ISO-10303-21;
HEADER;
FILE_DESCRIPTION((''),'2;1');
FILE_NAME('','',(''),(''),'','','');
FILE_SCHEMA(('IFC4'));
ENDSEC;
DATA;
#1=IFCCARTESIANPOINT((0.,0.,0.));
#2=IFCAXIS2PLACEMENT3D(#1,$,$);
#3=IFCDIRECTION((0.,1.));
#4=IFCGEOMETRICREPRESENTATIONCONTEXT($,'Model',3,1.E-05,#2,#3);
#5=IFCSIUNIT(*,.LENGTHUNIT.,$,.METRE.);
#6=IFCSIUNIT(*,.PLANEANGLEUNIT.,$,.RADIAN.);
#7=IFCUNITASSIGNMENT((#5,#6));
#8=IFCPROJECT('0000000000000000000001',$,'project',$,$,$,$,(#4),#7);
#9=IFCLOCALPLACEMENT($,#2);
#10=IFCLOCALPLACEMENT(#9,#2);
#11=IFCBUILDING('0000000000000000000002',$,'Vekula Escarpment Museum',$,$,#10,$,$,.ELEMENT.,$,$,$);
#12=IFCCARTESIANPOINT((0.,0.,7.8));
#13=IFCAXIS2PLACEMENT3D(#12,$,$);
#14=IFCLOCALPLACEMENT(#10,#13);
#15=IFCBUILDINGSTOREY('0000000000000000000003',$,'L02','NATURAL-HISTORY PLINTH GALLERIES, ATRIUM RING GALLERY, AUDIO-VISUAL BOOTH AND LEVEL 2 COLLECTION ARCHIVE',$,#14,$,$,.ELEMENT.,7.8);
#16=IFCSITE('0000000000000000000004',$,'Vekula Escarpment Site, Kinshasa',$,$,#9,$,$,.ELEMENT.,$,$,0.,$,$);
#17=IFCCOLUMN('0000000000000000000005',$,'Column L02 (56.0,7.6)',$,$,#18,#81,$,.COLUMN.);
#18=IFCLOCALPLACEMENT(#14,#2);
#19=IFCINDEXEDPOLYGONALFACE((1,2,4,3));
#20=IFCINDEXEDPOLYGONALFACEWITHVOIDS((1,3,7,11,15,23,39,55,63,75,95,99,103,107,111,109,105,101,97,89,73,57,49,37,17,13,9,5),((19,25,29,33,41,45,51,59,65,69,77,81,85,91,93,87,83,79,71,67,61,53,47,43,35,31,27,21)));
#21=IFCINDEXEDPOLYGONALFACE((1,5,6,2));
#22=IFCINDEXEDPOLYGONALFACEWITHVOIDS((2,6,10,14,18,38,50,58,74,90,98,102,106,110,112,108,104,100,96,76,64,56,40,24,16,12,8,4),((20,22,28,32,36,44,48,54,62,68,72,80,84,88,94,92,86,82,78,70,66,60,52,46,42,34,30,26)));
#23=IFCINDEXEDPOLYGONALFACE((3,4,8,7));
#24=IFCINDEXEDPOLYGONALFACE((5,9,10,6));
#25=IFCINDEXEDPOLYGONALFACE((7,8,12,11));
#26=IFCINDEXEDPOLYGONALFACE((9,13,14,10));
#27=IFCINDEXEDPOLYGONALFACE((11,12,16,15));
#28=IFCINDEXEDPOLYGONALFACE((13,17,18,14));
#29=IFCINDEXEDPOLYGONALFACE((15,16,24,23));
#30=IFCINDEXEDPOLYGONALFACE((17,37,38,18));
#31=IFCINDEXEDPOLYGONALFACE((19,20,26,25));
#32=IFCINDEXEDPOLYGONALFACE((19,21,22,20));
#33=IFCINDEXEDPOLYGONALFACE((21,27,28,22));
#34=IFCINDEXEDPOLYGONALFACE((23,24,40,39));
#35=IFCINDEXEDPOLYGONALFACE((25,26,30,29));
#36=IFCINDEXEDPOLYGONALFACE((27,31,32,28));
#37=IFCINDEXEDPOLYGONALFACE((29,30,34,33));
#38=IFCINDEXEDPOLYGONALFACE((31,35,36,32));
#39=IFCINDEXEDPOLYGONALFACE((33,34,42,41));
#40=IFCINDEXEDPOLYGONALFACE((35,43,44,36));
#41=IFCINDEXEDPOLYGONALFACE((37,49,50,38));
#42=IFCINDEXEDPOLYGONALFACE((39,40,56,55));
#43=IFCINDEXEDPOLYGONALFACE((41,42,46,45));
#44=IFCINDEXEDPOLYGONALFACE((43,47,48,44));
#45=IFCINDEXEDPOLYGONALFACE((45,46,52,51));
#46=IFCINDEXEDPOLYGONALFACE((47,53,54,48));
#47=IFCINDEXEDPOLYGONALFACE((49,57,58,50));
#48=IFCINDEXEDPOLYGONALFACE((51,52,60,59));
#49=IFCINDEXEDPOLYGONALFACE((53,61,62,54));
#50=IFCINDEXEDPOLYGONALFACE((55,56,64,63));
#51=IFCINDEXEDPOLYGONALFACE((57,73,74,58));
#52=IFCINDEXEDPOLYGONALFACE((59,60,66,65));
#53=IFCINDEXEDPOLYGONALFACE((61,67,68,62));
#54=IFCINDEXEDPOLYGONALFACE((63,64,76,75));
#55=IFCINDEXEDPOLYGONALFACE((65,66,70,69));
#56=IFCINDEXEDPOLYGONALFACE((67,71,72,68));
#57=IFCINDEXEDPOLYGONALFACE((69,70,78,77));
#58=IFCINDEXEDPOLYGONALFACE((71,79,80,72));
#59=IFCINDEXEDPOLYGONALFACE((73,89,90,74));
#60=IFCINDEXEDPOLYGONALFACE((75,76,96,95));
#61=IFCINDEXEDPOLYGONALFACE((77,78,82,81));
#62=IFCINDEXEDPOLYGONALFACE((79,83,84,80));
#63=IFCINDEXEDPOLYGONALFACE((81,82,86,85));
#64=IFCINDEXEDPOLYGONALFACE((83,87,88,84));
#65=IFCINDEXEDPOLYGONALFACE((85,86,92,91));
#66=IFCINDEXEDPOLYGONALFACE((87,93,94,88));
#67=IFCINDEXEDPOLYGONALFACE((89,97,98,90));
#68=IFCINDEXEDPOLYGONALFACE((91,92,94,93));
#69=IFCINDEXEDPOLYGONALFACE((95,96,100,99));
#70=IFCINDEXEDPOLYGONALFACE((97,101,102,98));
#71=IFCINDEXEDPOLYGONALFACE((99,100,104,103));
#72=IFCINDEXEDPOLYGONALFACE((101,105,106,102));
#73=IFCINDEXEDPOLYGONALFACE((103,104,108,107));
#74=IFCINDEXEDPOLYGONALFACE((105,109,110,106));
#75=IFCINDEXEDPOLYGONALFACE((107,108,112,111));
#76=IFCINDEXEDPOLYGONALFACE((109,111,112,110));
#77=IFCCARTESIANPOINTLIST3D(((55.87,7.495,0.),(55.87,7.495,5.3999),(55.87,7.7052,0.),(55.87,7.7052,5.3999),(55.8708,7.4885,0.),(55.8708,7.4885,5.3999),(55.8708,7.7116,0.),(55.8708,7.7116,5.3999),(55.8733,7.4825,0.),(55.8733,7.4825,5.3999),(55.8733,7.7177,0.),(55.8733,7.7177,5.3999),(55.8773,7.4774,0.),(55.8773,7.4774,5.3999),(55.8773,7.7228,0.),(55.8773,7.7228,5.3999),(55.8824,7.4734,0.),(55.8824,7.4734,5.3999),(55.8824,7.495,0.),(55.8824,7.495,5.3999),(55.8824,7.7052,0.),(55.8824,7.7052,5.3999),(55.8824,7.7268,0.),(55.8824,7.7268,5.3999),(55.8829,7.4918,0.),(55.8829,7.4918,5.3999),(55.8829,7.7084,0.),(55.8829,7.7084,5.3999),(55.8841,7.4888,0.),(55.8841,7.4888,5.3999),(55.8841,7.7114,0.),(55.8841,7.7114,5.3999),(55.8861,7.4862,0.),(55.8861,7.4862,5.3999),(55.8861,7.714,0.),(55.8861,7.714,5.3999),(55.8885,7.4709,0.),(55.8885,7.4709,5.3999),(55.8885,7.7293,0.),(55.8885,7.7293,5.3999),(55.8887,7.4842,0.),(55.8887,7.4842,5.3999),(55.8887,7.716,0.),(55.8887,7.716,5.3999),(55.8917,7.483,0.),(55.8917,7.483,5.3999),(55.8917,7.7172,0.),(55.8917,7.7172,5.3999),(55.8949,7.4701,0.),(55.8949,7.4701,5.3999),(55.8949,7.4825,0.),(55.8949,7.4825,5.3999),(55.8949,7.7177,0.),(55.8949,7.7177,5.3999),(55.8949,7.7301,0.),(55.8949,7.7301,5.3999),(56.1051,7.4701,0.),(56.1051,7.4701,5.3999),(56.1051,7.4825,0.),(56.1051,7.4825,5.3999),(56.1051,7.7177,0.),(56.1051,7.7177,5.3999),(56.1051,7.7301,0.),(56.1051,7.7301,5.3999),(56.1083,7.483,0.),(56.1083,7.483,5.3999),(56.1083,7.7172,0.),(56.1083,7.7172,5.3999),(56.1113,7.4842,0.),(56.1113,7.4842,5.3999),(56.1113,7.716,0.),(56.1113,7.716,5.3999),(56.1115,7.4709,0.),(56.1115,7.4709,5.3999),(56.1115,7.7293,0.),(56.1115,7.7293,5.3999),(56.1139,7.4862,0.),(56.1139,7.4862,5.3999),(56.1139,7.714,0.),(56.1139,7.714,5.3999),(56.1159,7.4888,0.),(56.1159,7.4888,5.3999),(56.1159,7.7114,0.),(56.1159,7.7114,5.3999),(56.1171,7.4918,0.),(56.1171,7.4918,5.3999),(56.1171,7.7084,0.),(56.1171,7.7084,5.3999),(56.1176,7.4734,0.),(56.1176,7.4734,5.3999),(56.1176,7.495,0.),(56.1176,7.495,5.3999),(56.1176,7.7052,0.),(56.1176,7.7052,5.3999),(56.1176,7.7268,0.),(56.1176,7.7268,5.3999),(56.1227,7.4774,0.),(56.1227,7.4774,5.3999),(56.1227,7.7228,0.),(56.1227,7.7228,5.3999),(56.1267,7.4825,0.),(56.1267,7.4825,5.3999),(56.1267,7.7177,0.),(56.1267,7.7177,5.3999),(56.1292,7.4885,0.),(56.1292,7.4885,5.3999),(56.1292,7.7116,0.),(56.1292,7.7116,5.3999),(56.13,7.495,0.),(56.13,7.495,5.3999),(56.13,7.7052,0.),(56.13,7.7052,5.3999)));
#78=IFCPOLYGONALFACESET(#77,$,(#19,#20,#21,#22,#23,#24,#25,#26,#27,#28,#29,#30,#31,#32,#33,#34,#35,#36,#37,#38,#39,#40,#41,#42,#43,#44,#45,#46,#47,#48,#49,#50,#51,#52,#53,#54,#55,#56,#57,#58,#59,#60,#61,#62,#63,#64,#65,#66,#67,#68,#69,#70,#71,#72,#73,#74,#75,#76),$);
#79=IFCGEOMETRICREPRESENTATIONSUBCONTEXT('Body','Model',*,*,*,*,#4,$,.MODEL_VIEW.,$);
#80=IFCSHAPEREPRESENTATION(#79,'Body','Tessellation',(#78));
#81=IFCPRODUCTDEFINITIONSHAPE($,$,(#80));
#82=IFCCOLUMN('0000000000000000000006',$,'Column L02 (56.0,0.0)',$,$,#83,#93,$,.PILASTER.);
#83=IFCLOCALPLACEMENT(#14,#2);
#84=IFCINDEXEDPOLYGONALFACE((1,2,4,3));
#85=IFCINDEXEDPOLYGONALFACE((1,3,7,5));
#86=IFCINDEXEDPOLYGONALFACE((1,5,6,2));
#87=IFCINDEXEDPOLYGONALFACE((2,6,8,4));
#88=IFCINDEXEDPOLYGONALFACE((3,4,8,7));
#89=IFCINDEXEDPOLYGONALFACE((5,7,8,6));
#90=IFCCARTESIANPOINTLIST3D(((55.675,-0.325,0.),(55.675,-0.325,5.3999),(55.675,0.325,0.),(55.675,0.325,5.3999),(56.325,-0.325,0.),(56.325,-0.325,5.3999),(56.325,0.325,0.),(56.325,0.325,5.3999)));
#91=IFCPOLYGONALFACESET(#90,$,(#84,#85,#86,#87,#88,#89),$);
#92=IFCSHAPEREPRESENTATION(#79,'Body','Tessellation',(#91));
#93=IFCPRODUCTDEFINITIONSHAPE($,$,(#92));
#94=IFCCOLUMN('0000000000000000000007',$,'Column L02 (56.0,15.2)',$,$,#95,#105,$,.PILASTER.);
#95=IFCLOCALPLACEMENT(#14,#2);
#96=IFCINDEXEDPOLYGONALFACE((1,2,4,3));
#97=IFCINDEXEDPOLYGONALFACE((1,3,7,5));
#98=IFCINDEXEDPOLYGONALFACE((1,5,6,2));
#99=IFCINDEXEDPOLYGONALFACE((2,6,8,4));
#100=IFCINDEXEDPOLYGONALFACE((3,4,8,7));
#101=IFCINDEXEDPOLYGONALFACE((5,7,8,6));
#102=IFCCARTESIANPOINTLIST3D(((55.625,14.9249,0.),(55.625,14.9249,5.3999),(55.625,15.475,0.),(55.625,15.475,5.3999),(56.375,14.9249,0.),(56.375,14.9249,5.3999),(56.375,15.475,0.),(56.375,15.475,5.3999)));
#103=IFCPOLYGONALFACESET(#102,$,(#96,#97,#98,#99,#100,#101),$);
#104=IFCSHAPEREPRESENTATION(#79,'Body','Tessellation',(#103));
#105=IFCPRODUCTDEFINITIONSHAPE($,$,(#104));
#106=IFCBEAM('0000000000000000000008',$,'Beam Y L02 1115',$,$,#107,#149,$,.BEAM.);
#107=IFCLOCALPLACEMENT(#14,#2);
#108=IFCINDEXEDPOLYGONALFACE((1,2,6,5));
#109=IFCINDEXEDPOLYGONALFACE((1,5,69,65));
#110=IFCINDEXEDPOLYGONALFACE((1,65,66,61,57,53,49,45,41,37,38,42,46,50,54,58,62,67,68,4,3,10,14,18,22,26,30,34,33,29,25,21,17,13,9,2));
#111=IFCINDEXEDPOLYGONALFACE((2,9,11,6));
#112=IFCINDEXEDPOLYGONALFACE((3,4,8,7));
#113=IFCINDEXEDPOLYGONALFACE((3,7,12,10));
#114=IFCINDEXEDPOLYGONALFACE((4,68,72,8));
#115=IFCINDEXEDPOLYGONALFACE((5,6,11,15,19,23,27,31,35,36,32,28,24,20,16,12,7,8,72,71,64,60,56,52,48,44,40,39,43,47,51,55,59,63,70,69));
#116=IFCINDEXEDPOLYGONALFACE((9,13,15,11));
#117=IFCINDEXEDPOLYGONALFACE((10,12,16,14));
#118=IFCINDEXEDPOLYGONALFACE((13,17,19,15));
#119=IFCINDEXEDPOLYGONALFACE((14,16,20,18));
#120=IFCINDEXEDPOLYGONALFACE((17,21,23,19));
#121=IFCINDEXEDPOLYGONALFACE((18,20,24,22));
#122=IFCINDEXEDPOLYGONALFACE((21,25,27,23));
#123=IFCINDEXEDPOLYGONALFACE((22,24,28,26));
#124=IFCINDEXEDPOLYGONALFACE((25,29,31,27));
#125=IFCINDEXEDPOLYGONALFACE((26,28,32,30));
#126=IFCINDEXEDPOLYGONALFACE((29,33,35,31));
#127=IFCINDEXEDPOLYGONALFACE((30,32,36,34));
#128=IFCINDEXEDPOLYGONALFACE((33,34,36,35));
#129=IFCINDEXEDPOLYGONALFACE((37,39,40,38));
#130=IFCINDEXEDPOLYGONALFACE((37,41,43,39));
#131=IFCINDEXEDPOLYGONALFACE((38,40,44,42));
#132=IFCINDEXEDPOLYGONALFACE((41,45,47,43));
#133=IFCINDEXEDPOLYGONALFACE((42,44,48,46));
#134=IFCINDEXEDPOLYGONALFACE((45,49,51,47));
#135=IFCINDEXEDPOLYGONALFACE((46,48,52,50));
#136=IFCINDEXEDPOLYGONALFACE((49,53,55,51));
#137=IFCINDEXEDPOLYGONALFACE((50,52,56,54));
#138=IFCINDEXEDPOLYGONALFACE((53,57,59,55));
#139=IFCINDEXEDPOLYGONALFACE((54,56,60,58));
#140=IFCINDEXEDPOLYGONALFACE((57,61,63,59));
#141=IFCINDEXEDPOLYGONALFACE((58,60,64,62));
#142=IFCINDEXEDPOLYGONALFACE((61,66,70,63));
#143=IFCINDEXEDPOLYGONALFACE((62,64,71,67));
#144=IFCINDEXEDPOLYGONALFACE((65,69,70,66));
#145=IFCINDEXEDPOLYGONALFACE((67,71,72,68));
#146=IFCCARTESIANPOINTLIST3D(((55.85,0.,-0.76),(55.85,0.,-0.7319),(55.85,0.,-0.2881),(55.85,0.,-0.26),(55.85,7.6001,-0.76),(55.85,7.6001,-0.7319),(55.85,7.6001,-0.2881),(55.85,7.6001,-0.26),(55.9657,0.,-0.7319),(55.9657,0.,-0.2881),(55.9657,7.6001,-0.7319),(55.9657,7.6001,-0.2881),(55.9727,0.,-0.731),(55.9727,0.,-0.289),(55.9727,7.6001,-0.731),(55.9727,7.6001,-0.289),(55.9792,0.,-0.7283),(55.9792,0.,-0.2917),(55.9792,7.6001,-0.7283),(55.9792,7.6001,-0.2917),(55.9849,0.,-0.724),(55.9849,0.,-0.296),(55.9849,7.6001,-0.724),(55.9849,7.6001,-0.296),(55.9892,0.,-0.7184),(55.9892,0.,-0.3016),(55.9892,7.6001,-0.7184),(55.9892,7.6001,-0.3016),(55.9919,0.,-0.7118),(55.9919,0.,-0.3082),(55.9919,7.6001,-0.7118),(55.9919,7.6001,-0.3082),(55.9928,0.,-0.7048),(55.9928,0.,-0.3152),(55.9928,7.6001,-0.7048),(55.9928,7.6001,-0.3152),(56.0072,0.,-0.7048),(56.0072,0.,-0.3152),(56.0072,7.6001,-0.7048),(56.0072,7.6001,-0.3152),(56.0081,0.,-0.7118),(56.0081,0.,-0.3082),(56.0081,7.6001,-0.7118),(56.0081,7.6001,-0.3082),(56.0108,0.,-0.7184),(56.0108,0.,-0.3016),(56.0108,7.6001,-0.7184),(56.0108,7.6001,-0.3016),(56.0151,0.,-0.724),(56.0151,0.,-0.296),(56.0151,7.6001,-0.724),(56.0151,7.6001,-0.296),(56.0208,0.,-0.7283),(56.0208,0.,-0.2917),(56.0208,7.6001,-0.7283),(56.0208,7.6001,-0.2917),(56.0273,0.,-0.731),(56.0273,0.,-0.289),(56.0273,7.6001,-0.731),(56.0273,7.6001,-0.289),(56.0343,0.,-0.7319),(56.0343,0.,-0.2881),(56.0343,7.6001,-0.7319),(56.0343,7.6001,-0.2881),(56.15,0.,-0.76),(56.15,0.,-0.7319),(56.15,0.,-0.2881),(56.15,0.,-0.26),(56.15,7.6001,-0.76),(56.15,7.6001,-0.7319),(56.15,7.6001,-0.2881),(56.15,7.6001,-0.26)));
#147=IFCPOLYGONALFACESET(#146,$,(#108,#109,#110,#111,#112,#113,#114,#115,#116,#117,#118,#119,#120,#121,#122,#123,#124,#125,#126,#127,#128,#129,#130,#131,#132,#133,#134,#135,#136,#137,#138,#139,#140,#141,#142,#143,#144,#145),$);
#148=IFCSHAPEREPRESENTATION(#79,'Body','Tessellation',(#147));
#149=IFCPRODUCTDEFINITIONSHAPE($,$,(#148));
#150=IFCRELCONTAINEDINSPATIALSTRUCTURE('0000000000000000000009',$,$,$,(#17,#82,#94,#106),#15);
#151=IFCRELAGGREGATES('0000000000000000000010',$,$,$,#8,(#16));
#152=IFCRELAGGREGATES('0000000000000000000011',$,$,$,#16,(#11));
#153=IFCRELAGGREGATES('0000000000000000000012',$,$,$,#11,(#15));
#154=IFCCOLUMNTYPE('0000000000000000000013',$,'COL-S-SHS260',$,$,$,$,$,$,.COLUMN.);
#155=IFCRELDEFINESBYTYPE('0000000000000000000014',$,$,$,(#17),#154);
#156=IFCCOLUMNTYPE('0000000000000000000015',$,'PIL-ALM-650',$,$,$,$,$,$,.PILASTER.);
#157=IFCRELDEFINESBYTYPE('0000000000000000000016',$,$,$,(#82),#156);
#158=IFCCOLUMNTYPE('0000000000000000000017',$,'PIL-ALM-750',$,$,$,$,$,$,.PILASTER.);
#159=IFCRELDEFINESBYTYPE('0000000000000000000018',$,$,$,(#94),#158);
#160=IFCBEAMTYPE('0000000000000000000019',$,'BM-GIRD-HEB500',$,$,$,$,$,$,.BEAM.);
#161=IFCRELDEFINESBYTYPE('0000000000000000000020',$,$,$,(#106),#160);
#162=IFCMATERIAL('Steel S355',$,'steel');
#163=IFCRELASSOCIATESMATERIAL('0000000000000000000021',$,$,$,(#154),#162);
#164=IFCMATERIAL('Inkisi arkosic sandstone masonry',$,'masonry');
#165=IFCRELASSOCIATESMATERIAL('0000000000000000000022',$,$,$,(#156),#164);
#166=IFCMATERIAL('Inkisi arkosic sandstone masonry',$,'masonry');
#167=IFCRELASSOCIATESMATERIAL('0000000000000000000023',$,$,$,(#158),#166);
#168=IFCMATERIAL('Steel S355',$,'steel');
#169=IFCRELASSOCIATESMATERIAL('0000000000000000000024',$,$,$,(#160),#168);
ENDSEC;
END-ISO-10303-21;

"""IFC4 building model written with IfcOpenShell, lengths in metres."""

from ifc_helpers import new_model, si_unit, direction, frame, origin, origin_2d, place, context, subcontext, project, spatial, rectangle, hollow_rectangle, i_section, extrude, material, material_profile, profile_set, type_object, element, save


model = new_model("IFC4")

# Units and contexts
model_context = context("Model", 3, precision=1e-05, world=origin(), true_north=direction((0.0, 1.0)))
body_context = subcontext(model_context, "Body", "Model", "MODEL_VIEW")
ifc_project = project(units=[si_unit("LENGTHUNIT", "METRE"), si_unit("PLANEANGLEUNIT", "RADIAN")], contexts=[model_context])

# Site, building, storey
site_placement = place(None, origin())
site = spatial("IfcSite", under=ifc_project, at=site_placement, Name="Vekula Escarpment Site, Kinshasa", CompositionType="ELEMENT", RefElevation=0.0)
building_placement = place(site_placement, origin())
building = spatial("IfcBuilding", under=site, at=building_placement, Name="Vekula Escarpment Museum", CompositionType="ELEMENT")
storey_placement = place(building_placement, frame((0.0, 0.0, 7.8)))
storey = spatial("IfcBuildingStorey", under=building, at=storey_placement, Name="L02", Description="NATURAL-HISTORY PLINTH GALLERIES, ATRIUM RING GALLERY, AUDIO-VISUAL BOOTH AND LEVEL 2 COLLECTION ARCHIVE", CompositionType="ELEMENT", Elevation=7.8)

# Columns
ifc_material_1 = material(Name="Steel S355", Category="steel")
ifc_material_profile_1 = material_profile(ifc_material_1, hollow_rectangle(XDim=0.26, YDim=0.26, WallThickness=0.0125, InnerFilletRadius=0.0125, OuterFilletRadius=0.0249, at=origin_2d()), Name="SHS 260x260x12.5")
ifc_profile_set_1 = profile_set([ifc_material_profile_1], Name="Steel S355")
column_type_1 = type_object("IfcColumnType", Name="COL-S-SHS260", PredefinedType="COLUMN", material=ifc_profile_set_1)
column_1_placement = place(storey_placement, frame((56.0, 7.6001, 0.0), z_axis=(0.0, 0.0, 1.0), x_axis=(1.0, 0.0, 0.0)))
element("IfcColumn", 1, at=column_1_placement, inside=storey, type_object=column_type_1, Name="Column L02 (56.0,7.6)", PredefinedType="COLUMN", context=body_context, shape_type="SweptSolid", body=[
    extrude(hollow_rectangle(XDim=0.26, YDim=0.26, WallThickness=0.0125, InnerFilletRadius=0.0125, OuterFilletRadius=0.0249, at=origin_2d()), origin(), (0.0, 0.0, 1.0), 5.3999),
])
ifc_material_2 = material(Name="Inkisi arkosic sandstone masonry", Category="masonry")
ifc_material_profile_2 = material_profile(ifc_material_2, rectangle(XDim=0.6499, YDim=0.6499, at=origin_2d()), Name="PIER 650x650")
ifc_profile_set_2 = profile_set([ifc_material_profile_2], Name="Inkisi arkosic sandstone masonry")
column_type_2 = type_object("IfcColumnType", Name="PIL-ALM-650", PredefinedType="PILASTER", material=ifc_profile_set_2)
column_2_placement = place(storey_placement, frame((56.0, 0.0, 0.0), z_axis=(0.0, 0.0, 1.0), x_axis=(1.0, 0.0, 0.0)))
element("IfcColumn", 2, at=column_2_placement, inside=storey, type_object=column_type_2, Name="Column L02 (56.0,0.0)", PredefinedType="PILASTER", context=body_context, shape_type="SweptSolid", body=[
    extrude(rectangle(XDim=0.6499, YDim=0.6499, at=origin_2d()), origin(), (0.0, 0.0, 1.0), 5.3999),
])
ifc_material_3 = material(Name="Inkisi arkosic sandstone masonry", Category="masonry")
ifc_material_profile_3 = material_profile(ifc_material_3, rectangle(XDim=0.75, YDim=0.55, at=origin_2d()), Name="PIER 750x550")
ifc_profile_set_3 = profile_set([ifc_material_profile_3], Name="Inkisi arkosic sandstone masonry")
column_type_3 = type_object("IfcColumnType", Name="PIL-ALM-750", PredefinedType="PILASTER", material=ifc_profile_set_3)
column_3_placement = place(storey_placement, frame((56.0, 15.2, 0.0), z_axis=(0.0, 0.0, 1.0), x_axis=(1.0, 0.0, 0.0)))
element("IfcColumn", 3, at=column_3_placement, inside=storey, type_object=column_type_3, Name="Column L02 (56.0,15.2)", PredefinedType="PILASTER", context=body_context, shape_type="SweptSolid", body=[
    extrude(rectangle(XDim=0.75, YDim=0.55, at=origin_2d()), origin(), (0.0, 0.0, 1.0), 5.3999),
])

# Beam
ifc_material_4 = material(Name="Steel S355", Category="steel")
ifc_material_profile_4 = material_profile(ifc_material_4, i_section(OverallWidth=0.3, OverallDepth=0.5, WebThickness=0.0144, FlangeThickness=0.0281, FilletRadius=0.0271, at=origin_2d()), Name="HEB 500")
ifc_profile_set_4 = profile_set([ifc_material_profile_4], Name="Steel S355")
beam_type_1 = type_object("IfcBeamType", Name="BM-GIRD-HEB500", PredefinedType="BEAM", material=ifc_profile_set_4)
beam_1_placement = place(storey_placement, frame((56.0, 0.0, -0.51), z_axis=(0.0, 1.0, 0.0), x_axis=(-1.0, 0.0, 0.0)))
element("IfcBeam", 4, at=beam_1_placement, inside=storey, type_object=beam_type_1, Name="Beam Y L02 1115", PredefinedType="BEAM", context=body_context, shape_type="SweptSolid", body=[
    extrude(i_section(OverallWidth=0.3, OverallDepth=0.5, WebThickness=0.0144, FlangeThickness=0.0281, FilletRadius=0.0271, at=origin_2d()), origin(), (0.0, 0.0, 1.0), 7.6001),
])

save(model, "model.ifc")
